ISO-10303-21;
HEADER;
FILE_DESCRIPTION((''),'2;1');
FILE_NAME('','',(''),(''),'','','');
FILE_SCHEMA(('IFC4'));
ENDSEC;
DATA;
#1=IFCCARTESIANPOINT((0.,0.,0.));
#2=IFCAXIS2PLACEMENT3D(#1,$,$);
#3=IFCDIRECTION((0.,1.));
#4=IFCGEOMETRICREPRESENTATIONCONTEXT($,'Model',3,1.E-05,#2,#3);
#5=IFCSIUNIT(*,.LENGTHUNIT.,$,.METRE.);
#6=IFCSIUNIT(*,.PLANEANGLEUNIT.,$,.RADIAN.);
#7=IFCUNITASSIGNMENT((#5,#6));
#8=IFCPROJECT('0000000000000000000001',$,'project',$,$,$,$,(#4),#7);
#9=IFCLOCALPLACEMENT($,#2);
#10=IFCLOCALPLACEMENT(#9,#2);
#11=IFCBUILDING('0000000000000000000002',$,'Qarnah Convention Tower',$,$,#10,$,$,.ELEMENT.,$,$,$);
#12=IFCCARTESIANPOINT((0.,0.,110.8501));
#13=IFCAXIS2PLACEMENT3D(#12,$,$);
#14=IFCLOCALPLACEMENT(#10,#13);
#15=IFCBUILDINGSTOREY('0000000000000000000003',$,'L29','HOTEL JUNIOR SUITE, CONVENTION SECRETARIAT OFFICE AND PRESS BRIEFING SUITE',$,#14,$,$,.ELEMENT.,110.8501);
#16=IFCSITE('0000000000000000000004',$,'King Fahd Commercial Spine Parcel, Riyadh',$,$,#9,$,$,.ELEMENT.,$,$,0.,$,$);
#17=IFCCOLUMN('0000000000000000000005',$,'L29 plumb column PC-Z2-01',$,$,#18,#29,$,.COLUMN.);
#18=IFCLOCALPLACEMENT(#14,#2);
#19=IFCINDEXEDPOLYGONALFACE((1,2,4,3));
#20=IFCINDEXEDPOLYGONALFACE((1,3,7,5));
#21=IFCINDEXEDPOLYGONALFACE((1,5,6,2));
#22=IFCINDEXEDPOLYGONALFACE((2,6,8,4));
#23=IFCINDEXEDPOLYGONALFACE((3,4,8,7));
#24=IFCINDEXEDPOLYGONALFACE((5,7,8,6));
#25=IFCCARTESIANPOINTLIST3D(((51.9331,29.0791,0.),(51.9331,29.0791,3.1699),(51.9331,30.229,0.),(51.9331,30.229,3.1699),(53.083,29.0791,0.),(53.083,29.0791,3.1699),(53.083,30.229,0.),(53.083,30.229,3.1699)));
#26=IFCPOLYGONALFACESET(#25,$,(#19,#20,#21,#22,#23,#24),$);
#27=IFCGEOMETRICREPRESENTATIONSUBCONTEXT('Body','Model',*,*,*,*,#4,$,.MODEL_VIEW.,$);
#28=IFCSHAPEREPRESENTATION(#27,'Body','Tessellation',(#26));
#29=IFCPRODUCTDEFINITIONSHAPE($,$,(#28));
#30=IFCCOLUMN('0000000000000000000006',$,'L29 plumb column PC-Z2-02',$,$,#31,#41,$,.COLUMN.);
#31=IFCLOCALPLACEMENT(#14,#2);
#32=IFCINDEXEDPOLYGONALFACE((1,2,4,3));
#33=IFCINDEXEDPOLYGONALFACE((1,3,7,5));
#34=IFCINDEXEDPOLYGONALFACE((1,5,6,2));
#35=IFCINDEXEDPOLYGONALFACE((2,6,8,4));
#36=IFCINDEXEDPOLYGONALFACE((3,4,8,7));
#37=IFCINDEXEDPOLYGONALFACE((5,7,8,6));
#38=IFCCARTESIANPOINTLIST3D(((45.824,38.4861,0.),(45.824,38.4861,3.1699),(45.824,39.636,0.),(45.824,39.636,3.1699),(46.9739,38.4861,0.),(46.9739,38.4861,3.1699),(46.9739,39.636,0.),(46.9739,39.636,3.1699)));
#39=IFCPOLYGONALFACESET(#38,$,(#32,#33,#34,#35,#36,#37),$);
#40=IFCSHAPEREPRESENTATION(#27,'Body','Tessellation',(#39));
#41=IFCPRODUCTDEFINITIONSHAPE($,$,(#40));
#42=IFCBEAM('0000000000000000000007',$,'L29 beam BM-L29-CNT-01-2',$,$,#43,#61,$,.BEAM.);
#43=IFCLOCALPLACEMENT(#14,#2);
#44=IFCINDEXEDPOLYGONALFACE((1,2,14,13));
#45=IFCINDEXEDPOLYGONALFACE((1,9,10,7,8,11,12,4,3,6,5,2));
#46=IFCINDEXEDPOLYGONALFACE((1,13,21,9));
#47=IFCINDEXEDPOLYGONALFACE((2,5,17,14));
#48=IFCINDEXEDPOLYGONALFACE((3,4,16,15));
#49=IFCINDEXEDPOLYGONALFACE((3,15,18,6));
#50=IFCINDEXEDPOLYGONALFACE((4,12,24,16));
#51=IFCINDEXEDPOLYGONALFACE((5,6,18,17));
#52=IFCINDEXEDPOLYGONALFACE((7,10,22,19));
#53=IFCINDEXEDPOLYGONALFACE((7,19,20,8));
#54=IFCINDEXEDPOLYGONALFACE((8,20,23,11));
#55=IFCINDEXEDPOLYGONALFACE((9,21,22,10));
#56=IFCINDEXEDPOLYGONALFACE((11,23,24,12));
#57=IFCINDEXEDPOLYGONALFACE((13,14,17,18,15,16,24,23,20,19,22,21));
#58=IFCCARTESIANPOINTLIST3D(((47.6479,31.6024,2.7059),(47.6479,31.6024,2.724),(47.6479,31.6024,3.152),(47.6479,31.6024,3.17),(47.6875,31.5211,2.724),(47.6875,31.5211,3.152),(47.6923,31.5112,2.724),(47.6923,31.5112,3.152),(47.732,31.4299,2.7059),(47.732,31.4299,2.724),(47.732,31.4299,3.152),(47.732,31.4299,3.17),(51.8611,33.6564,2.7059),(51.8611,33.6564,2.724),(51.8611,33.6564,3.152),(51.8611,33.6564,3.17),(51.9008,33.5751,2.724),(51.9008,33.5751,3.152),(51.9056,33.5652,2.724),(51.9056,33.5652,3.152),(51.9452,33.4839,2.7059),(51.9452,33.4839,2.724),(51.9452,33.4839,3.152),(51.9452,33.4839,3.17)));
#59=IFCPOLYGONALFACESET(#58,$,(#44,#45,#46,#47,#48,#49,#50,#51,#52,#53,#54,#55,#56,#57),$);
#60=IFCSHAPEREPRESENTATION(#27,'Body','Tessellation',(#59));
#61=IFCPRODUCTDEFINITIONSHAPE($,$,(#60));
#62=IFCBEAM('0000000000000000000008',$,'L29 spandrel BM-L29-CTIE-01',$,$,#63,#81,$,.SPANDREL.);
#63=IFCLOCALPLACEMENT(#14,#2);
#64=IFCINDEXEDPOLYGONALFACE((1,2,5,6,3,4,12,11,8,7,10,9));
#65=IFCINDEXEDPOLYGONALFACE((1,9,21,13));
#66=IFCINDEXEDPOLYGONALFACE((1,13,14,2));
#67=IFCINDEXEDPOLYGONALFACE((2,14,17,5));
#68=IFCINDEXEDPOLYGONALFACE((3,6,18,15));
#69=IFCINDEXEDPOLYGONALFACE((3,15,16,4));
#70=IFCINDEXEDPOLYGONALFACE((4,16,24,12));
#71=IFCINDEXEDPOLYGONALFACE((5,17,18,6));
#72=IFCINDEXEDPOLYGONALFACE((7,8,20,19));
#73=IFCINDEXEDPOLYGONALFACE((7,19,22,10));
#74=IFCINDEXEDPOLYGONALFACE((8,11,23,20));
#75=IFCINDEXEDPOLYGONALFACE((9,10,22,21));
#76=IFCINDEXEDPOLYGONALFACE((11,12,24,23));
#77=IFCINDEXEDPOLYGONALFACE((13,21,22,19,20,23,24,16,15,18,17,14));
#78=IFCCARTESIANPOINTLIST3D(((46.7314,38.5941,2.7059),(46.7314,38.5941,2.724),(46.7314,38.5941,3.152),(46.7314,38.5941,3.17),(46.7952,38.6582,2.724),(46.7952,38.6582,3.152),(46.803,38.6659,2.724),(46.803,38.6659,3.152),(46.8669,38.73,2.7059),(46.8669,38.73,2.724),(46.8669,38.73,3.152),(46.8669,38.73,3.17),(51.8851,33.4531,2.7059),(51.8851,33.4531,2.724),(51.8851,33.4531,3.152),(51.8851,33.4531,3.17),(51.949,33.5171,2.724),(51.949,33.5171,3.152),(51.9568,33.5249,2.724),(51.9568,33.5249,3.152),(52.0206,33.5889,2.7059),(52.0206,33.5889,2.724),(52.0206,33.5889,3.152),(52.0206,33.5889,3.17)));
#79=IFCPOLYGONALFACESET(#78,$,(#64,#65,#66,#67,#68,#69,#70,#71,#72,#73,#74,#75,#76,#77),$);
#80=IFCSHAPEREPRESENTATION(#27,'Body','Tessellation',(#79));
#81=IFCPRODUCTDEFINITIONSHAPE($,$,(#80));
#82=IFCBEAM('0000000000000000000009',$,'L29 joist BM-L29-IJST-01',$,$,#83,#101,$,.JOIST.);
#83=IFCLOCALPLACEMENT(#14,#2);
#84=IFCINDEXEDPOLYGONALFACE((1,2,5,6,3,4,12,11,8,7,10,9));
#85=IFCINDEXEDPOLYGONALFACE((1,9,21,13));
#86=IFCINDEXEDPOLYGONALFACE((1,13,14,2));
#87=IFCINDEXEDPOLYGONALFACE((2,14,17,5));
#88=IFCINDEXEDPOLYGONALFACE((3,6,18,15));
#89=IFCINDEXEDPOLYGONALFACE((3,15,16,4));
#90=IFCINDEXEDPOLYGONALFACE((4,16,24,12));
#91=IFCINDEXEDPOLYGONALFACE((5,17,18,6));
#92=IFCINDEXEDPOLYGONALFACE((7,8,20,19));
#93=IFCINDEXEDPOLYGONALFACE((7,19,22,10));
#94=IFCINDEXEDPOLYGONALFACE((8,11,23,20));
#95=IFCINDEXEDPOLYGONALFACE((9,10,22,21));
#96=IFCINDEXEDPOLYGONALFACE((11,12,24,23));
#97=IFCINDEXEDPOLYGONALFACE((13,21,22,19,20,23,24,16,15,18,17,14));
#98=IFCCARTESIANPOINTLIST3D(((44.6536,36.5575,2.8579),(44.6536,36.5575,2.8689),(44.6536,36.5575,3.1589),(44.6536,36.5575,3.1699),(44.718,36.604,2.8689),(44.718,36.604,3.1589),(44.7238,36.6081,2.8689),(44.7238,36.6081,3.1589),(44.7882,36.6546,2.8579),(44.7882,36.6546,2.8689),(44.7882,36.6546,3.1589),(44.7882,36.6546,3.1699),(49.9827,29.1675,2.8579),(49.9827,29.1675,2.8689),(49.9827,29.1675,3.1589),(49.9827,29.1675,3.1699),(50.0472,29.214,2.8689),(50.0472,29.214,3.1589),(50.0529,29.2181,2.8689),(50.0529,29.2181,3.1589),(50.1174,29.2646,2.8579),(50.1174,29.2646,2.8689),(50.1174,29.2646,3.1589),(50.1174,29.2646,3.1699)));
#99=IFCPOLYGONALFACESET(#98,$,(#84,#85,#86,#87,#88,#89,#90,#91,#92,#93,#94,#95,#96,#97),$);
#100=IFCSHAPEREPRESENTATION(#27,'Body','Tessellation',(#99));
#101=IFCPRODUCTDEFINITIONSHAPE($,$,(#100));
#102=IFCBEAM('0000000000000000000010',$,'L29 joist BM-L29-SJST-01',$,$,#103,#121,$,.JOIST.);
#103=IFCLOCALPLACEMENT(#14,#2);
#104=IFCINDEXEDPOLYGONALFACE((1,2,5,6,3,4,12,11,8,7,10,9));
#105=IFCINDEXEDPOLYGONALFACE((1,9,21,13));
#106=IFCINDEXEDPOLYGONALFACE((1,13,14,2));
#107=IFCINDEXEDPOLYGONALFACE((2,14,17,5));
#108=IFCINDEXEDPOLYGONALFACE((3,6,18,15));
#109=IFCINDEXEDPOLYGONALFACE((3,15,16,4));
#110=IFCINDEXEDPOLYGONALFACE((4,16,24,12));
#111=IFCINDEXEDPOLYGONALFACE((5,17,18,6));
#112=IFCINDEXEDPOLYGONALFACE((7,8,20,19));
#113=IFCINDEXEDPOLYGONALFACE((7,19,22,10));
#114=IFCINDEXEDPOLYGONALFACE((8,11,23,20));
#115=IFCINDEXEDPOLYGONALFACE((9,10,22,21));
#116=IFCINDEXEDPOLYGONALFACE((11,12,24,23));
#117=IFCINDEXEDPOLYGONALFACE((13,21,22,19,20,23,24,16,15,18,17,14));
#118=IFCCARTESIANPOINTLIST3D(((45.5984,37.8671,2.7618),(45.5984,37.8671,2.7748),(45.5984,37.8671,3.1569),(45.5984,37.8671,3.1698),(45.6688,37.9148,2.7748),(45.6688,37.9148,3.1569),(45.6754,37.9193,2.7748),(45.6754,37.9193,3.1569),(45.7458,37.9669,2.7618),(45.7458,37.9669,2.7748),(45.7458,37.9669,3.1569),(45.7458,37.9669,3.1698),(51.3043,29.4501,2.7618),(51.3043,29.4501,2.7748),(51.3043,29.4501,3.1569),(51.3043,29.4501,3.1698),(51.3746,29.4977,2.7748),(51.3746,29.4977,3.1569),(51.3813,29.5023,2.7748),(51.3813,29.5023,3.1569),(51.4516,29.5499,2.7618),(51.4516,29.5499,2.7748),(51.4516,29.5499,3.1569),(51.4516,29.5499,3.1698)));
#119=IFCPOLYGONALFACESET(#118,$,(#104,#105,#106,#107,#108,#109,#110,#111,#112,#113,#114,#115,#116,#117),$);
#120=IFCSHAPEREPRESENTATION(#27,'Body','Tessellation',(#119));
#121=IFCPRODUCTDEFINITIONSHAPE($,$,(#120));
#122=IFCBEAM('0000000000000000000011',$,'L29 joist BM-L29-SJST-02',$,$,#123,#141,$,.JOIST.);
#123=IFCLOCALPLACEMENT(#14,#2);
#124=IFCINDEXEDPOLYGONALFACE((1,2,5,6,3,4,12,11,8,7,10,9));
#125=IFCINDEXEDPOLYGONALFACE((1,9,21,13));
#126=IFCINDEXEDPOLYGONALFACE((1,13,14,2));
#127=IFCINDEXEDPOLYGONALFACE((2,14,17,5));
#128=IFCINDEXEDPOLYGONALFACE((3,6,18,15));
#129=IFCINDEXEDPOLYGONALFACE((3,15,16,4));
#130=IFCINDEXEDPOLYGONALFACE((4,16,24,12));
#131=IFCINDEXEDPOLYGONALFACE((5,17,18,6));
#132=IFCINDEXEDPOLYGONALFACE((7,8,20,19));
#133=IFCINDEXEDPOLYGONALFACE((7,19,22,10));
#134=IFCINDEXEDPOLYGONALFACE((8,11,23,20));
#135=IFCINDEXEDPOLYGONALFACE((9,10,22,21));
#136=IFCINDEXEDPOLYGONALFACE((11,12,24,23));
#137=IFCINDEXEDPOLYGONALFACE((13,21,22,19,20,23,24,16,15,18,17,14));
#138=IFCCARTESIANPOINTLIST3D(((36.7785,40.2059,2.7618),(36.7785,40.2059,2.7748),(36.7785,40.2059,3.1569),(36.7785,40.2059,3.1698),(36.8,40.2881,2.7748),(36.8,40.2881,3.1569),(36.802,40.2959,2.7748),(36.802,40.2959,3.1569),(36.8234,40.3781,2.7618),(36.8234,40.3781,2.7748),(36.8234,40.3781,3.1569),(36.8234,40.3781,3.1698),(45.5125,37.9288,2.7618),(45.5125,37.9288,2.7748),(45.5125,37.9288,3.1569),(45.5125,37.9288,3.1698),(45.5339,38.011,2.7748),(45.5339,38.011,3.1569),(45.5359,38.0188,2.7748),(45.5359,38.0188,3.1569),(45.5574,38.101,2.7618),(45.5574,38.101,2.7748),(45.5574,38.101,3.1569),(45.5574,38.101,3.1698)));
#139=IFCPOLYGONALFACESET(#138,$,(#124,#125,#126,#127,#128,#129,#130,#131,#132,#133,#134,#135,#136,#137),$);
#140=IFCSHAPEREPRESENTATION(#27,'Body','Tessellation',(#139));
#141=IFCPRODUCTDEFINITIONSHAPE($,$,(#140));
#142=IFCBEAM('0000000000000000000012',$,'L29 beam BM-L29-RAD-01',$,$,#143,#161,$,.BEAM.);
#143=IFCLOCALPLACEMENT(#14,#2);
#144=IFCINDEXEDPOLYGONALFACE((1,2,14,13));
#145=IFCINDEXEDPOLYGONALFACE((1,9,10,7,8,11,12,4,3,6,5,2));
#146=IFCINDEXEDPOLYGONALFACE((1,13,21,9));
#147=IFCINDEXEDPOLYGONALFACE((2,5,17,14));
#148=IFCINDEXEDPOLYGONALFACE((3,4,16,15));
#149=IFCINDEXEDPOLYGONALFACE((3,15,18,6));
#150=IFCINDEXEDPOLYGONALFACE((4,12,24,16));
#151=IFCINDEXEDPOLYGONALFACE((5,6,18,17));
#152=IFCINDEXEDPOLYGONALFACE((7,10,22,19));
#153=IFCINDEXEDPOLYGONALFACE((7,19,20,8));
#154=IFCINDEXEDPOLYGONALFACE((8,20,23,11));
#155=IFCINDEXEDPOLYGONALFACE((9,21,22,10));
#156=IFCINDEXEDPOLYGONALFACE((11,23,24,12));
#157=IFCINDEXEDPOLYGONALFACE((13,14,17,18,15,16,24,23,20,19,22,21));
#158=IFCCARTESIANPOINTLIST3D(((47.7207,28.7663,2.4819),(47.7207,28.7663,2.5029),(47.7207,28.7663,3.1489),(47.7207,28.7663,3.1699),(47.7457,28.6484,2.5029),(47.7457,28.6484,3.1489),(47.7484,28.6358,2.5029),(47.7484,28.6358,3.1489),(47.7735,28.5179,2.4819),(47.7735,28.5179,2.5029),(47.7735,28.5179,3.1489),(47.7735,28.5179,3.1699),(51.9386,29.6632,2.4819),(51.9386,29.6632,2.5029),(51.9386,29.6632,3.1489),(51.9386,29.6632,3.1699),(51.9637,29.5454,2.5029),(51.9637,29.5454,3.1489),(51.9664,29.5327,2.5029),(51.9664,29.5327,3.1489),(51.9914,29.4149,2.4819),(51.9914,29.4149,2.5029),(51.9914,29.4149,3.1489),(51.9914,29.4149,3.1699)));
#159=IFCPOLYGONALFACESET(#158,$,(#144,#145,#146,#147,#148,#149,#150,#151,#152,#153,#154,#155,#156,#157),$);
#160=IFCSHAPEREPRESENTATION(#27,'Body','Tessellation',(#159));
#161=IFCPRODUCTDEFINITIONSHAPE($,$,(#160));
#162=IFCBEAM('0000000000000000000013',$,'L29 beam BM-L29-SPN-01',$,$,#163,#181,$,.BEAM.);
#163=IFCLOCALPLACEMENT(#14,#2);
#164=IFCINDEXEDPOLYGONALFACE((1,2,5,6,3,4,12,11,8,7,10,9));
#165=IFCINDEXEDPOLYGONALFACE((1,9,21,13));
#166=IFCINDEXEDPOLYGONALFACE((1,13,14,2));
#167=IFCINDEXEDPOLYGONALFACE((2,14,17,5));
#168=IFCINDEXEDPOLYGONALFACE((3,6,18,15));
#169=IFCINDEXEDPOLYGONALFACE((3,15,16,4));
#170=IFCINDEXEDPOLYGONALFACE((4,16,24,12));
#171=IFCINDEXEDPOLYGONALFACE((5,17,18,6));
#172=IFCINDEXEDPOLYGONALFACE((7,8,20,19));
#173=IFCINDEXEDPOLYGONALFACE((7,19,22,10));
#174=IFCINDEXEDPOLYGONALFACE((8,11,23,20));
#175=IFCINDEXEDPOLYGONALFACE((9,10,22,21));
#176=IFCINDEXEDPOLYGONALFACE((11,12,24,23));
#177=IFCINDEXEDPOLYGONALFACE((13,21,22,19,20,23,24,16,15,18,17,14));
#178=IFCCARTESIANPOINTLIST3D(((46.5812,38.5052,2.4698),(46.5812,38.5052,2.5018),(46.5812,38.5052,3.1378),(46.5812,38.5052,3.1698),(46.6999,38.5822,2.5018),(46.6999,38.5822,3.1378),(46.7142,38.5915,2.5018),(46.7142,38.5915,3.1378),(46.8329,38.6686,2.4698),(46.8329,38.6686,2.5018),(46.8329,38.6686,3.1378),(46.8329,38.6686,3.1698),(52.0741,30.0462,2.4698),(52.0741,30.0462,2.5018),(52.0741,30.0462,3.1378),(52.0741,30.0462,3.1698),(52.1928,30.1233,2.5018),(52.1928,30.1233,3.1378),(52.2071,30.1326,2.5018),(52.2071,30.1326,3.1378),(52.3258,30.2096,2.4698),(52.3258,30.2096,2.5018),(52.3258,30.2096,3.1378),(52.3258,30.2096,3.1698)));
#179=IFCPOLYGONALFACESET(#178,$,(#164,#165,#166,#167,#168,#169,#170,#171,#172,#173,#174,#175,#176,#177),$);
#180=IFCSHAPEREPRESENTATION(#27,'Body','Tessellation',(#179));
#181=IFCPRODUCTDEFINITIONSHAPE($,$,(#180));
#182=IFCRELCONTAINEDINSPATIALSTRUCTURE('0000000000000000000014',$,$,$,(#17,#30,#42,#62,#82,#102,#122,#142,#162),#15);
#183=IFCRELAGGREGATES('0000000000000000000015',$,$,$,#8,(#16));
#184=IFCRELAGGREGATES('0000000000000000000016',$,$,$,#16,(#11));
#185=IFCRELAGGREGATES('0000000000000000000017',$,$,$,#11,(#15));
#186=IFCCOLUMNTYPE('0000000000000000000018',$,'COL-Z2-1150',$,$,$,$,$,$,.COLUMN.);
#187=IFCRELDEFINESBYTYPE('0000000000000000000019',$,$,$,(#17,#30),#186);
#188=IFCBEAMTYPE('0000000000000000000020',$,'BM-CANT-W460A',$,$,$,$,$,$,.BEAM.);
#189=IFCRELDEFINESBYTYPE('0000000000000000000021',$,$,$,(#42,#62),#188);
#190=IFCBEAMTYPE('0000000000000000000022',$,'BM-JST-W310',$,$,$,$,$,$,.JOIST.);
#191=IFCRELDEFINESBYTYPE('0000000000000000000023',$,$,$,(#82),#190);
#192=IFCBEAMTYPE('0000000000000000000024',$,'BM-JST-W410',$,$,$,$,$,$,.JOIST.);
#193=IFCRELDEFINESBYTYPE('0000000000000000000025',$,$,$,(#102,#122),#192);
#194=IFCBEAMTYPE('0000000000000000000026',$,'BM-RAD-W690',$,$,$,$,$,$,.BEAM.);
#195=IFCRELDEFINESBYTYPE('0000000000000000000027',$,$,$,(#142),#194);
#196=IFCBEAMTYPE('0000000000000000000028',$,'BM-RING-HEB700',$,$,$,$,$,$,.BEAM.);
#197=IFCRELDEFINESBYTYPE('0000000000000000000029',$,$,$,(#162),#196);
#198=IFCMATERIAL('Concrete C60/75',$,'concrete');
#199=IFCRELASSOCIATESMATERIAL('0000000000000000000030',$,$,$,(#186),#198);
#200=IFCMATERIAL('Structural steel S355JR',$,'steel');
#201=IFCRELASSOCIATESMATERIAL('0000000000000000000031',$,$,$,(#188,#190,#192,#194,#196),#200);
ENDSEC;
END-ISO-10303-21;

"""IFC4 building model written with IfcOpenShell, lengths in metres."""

from ifc_helpers import new_model, si_unit, direction, frame, origin, origin_2d, place, context, subcontext, project, spatial, rectangle, i_section, extrude, material, material_profile, profile_set, type_object, element, save


model = new_model("IFC4")

# Units and contexts
model_context = context("Model", 3, precision=1e-05, world=origin(), true_north=direction((0.0, 1.0)))
body_context = subcontext(model_context, "Body", "Model", "MODEL_VIEW")
ifc_project = project(units=[si_unit("LENGTHUNIT", "METRE"), si_unit("PLANEANGLEUNIT", "RADIAN")], contexts=[model_context])

# Site, building, storey
site_placement = place(None, origin())
site = spatial("IfcSite", under=ifc_project, at=site_placement, Name="King Fahd Commercial Spine Parcel, Riyadh", CompositionType="ELEMENT", RefElevation=0.0)
building_placement = place(site_placement, origin())
building = spatial("IfcBuilding", under=site, at=building_placement, Name="Qarnah Convention Tower", CompositionType="ELEMENT")
storey_placement = place(building_placement, frame((0.0, 0.0, 110.8501)))
storey = spatial("IfcBuildingStorey", under=building, at=storey_placement, Name="L29", Description="HOTEL JUNIOR SUITE, CONVENTION SECRETARIAT OFFICE AND PRESS BRIEFING SUITE", CompositionType="ELEMENT", Elevation=110.8501)

# Columns
ifc_material_1 = material(Name="Concrete C60/75", Category="concrete")
ifc_material_profile_1 = material_profile(ifc_material_1, rectangle(XDim=1.1499, YDim=1.1499, at=origin_2d()), Name="RC-COL-1150X1150")
ifc_profile_set_1 = profile_set([ifc_material_profile_1], Name="Concrete C60/75")
column_type = type_object("IfcColumnType", Name="COL-Z2-1150", PredefinedType="COLUMN", material=ifc_profile_set_1)
for number, where, z_axis, x_axis, name in (
    (1, (52.5081, 29.6541, 0.0), (0.0, 0.0, 1.0), (1.0, 0.0, 0.0), "L29 plumb column PC-Z2-01"),
    (2, (46.3989, 39.061, 0.0), (0.0, 0.0, 1.0), (1.0, 0.0, 0.0), "L29 plumb column PC-Z2-02"),
):
    element("IfcColumn", number, at=place(storey_placement, frame(where, z_axis=z_axis, x_axis=x_axis)), inside=storey, type_object=column_type, Name=name, PredefinedType="COLUMN", context=body_context, shape_type="SweptSolid", body=[
        extrude(rectangle(XDim=1.1499, YDim=1.1499, at=origin_2d()), origin(), (0.0, 0.0, 1.0), 3.1699),
    ])

# Beams
ifc_material_2 = material(Name="Structural steel S355JR", Category="steel")
ifc_material_profile_2 = material_profile(ifc_material_2, i_section(OverallWidth=0.1919, OverallDepth=0.4641, WebThickness=0.011, FlangeThickness=0.0181, at=origin_2d()), Name="W460X89")
ifc_profile_set_2 = profile_set([ifc_material_profile_2], Name="Structural steel S355JR")
beam_type_1 = type_object("IfcBeamType", Name="BM-CANT-W460A", PredefinedType="BEAM", material=ifc_profile_set_2)
beam_1_placement = place(storey_placement, frame((47.6899, 31.5161, 2.938), z_axis=(0.898872, 0.438211, 0.0), x_axis=(-0.438211, 0.898872, 0.0)))
element("IfcBeam", 3, at=beam_1_placement, inside=storey, type_object=beam_type_1, Name="L29 beam BM-L29-CNT-01-2", PredefinedType="BEAM", context=body_context, shape_type="SweptSolid", body=[
    extrude(i_section(OverallWidth=0.1919, OverallDepth=0.4641, WebThickness=0.011, FlangeThickness=0.0181, at=origin_2d()), origin(), (0.0, 0.0, 1.0), 4.6873),
])
beam_2_placement = place(storey_placement, frame((51.9529, 33.521, 2.938), z_axis=(-0.707978, 0.706234, 0.0), x_axis=(-0.706234, -0.707978, 0.0)))
element("IfcBeam", 4, at=beam_2_placement, inside=storey, type_object=beam_type_1, Name="L29 spandrel BM-L29-CTIE-01", PredefinedType="SPANDREL", context=body_context, shape_type="SweptSolid", body=[
    extrude(i_section(OverallWidth=0.1919, OverallDepth=0.4641, WebThickness=0.011, FlangeThickness=0.0181, at=origin_2d()), origin(), (0.0, 0.0, 1.0), 7.2795),
])
ifc_material_profile_3 = material_profile(ifc_material_2, i_section(OverallWidth=0.166, OverallDepth=0.312, WebThickness=0.0071, FlangeThickness=0.011, at=origin_2d()), Name="W310X45")
ifc_profile_set_3 = profile_set([ifc_material_profile_3], Name="Structural steel S355JR")
beam_type_2 = type_object("IfcBeamType", Name="BM-JST-W310", PredefinedType="JOIST", material=ifc_profile_set_3)
beam_3_placement = place(storey_placement, frame((50.05, 29.2161, 3.0139), z_axis=(-0.58491, 0.811098, 0.0), x_axis=(-0.811098, -0.58491, 0.0)))
element("IfcBeam", 5, at=beam_3_placement, inside=storey, type_object=beam_type_2, Name="L29 joist BM-L29-IJST-01", PredefinedType="JOIST", context=body_context, shape_type="SweptSolid", body=[
    extrude(i_section(OverallWidth=0.166, OverallDepth=0.312, WebThickness=0.0071, FlangeThickness=0.011, at=origin_2d()), origin(), (0.0, 0.0, 1.0), 9.1111),
])
ifc_material_profile_4 = material_profile(ifc_material_2, i_section(OverallWidth=0.178, OverallDepth=0.408, WebThickness=0.0081, FlangeThickness=0.0129, at=origin_2d()), Name="W410X60")
ifc_profile_set_4 = profile_set([ifc_material_profile_4], Name="Structural steel S355JR")
beam_type_3 = type_object("IfcBeamType", Name="BM-JST-W410", PredefinedType="JOIST", material=ifc_profile_set_4)
beam_4_placement = place(storey_placement, frame((51.3779, 29.5, 2.9658), z_axis=(-0.561116, 0.827737, 0.0), x_axis=(-0.827737, -0.561116, 0.0)))
element("IfcBeam", 6, at=beam_4_placement, inside=storey, type_object=beam_type_3, Name="L29 joist BM-L29-SJST-01", PredefinedType="JOIST", context=body_context, shape_type="SweptSolid", body=[
    extrude(i_section(OverallWidth=0.178, OverallDepth=0.408, WebThickness=0.0081, FlangeThickness=0.0129, at=origin_2d()), origin(), (0.0, 0.0, 1.0), 10.1687),
])
beam_5_placement = place(storey_placement, frame((45.5349, 38.0149, 2.9658), z_axis=(-0.967653, 0.252286, 0.0), x_axis=(-0.252286, -0.967653, 0.0)))
element("IfcBeam", 7, at=beam_5_placement, inside=storey, type_object=beam_type_3, Name="L29 joist BM-L29-SJST-02", PredefinedType="JOIST", context=body_context, shape_type="SweptSolid", body=[
    extrude(i_section(OverallWidth=0.178, OverallDepth=0.408, WebThickness=0.0081, FlangeThickness=0.0129, at=origin_2d()), origin(), (0.0, 0.0, 1.0), 9.0259),
])
ifc_material_profile_5 = material_profile(ifc_material_2, i_section(OverallWidth=0.2539, OverallDepth=0.688, WebThickness=0.0129, FlangeThickness=0.021, at=origin_2d()), Name="W690X152")
ifc_profile_set_5 = profile_set([ifc_material_profile_5], Name="Structural steel S355JR")
beam_type_4 = type_object("IfcBeamType", Name="BM-RAD-W690", PredefinedType="BEAM", material=ifc_profile_set_5)
beam_6_placement = place(storey_placement, frame((47.7471, 28.6421, 2.8259), z_axis=(0.978128, 0.208002, 0.0), x_axis=(-0.208002, 0.978128, 0.0)))
element("IfcBeam", 8, at=beam_6_placement, inside=storey, type_object=beam_type_4, Name="L29 beam BM-L29-RAD-01", PredefinedType="BEAM", context=body_context, shape_type="SweptSolid", body=[
    extrude(i_section(OverallWidth=0.2539, OverallDepth=0.688, WebThickness=0.0129, FlangeThickness=0.021, at=origin_2d()), origin(), (0.0, 0.0, 1.0), 4.3123),
])
ifc_material_profile_6 = material_profile(ifc_material_2, i_section(OverallWidth=0.3, OverallDepth=0.7, WebThickness=0.0171, FlangeThickness=0.032, at=origin_2d()), Name="HEB700")
ifc_profile_set_6 = profile_set([ifc_material_profile_6], Name="Structural steel S355JR")
beam_type_5 = type_object("IfcBeamType", Name="BM-RING-HEB700", PredefinedType="BEAM", material=ifc_profile_set_6)
beam_7_placement = place(storey_placement, frame((52.2, 30.1279, 2.8198), z_axis=(-0.544611, 0.838689, 0.0), x_axis=(-0.838689, -0.544611, 0.0)))
element("IfcBeam", 9, at=beam_7_placement, inside=storey, type_object=beam_type_5, Name="L29 beam BM-L29-SPN-01", PredefinedType="BEAM", context=body_context, shape_type="SweptSolid", body=[
    extrude(i_section(OverallWidth=0.3, OverallDepth=0.7, WebThickness=0.0171, FlangeThickness=0.032, at=origin_2d()), origin(), (0.0, 0.0, 1.0), 10.0859),
])

save(model, "model.ifc")
